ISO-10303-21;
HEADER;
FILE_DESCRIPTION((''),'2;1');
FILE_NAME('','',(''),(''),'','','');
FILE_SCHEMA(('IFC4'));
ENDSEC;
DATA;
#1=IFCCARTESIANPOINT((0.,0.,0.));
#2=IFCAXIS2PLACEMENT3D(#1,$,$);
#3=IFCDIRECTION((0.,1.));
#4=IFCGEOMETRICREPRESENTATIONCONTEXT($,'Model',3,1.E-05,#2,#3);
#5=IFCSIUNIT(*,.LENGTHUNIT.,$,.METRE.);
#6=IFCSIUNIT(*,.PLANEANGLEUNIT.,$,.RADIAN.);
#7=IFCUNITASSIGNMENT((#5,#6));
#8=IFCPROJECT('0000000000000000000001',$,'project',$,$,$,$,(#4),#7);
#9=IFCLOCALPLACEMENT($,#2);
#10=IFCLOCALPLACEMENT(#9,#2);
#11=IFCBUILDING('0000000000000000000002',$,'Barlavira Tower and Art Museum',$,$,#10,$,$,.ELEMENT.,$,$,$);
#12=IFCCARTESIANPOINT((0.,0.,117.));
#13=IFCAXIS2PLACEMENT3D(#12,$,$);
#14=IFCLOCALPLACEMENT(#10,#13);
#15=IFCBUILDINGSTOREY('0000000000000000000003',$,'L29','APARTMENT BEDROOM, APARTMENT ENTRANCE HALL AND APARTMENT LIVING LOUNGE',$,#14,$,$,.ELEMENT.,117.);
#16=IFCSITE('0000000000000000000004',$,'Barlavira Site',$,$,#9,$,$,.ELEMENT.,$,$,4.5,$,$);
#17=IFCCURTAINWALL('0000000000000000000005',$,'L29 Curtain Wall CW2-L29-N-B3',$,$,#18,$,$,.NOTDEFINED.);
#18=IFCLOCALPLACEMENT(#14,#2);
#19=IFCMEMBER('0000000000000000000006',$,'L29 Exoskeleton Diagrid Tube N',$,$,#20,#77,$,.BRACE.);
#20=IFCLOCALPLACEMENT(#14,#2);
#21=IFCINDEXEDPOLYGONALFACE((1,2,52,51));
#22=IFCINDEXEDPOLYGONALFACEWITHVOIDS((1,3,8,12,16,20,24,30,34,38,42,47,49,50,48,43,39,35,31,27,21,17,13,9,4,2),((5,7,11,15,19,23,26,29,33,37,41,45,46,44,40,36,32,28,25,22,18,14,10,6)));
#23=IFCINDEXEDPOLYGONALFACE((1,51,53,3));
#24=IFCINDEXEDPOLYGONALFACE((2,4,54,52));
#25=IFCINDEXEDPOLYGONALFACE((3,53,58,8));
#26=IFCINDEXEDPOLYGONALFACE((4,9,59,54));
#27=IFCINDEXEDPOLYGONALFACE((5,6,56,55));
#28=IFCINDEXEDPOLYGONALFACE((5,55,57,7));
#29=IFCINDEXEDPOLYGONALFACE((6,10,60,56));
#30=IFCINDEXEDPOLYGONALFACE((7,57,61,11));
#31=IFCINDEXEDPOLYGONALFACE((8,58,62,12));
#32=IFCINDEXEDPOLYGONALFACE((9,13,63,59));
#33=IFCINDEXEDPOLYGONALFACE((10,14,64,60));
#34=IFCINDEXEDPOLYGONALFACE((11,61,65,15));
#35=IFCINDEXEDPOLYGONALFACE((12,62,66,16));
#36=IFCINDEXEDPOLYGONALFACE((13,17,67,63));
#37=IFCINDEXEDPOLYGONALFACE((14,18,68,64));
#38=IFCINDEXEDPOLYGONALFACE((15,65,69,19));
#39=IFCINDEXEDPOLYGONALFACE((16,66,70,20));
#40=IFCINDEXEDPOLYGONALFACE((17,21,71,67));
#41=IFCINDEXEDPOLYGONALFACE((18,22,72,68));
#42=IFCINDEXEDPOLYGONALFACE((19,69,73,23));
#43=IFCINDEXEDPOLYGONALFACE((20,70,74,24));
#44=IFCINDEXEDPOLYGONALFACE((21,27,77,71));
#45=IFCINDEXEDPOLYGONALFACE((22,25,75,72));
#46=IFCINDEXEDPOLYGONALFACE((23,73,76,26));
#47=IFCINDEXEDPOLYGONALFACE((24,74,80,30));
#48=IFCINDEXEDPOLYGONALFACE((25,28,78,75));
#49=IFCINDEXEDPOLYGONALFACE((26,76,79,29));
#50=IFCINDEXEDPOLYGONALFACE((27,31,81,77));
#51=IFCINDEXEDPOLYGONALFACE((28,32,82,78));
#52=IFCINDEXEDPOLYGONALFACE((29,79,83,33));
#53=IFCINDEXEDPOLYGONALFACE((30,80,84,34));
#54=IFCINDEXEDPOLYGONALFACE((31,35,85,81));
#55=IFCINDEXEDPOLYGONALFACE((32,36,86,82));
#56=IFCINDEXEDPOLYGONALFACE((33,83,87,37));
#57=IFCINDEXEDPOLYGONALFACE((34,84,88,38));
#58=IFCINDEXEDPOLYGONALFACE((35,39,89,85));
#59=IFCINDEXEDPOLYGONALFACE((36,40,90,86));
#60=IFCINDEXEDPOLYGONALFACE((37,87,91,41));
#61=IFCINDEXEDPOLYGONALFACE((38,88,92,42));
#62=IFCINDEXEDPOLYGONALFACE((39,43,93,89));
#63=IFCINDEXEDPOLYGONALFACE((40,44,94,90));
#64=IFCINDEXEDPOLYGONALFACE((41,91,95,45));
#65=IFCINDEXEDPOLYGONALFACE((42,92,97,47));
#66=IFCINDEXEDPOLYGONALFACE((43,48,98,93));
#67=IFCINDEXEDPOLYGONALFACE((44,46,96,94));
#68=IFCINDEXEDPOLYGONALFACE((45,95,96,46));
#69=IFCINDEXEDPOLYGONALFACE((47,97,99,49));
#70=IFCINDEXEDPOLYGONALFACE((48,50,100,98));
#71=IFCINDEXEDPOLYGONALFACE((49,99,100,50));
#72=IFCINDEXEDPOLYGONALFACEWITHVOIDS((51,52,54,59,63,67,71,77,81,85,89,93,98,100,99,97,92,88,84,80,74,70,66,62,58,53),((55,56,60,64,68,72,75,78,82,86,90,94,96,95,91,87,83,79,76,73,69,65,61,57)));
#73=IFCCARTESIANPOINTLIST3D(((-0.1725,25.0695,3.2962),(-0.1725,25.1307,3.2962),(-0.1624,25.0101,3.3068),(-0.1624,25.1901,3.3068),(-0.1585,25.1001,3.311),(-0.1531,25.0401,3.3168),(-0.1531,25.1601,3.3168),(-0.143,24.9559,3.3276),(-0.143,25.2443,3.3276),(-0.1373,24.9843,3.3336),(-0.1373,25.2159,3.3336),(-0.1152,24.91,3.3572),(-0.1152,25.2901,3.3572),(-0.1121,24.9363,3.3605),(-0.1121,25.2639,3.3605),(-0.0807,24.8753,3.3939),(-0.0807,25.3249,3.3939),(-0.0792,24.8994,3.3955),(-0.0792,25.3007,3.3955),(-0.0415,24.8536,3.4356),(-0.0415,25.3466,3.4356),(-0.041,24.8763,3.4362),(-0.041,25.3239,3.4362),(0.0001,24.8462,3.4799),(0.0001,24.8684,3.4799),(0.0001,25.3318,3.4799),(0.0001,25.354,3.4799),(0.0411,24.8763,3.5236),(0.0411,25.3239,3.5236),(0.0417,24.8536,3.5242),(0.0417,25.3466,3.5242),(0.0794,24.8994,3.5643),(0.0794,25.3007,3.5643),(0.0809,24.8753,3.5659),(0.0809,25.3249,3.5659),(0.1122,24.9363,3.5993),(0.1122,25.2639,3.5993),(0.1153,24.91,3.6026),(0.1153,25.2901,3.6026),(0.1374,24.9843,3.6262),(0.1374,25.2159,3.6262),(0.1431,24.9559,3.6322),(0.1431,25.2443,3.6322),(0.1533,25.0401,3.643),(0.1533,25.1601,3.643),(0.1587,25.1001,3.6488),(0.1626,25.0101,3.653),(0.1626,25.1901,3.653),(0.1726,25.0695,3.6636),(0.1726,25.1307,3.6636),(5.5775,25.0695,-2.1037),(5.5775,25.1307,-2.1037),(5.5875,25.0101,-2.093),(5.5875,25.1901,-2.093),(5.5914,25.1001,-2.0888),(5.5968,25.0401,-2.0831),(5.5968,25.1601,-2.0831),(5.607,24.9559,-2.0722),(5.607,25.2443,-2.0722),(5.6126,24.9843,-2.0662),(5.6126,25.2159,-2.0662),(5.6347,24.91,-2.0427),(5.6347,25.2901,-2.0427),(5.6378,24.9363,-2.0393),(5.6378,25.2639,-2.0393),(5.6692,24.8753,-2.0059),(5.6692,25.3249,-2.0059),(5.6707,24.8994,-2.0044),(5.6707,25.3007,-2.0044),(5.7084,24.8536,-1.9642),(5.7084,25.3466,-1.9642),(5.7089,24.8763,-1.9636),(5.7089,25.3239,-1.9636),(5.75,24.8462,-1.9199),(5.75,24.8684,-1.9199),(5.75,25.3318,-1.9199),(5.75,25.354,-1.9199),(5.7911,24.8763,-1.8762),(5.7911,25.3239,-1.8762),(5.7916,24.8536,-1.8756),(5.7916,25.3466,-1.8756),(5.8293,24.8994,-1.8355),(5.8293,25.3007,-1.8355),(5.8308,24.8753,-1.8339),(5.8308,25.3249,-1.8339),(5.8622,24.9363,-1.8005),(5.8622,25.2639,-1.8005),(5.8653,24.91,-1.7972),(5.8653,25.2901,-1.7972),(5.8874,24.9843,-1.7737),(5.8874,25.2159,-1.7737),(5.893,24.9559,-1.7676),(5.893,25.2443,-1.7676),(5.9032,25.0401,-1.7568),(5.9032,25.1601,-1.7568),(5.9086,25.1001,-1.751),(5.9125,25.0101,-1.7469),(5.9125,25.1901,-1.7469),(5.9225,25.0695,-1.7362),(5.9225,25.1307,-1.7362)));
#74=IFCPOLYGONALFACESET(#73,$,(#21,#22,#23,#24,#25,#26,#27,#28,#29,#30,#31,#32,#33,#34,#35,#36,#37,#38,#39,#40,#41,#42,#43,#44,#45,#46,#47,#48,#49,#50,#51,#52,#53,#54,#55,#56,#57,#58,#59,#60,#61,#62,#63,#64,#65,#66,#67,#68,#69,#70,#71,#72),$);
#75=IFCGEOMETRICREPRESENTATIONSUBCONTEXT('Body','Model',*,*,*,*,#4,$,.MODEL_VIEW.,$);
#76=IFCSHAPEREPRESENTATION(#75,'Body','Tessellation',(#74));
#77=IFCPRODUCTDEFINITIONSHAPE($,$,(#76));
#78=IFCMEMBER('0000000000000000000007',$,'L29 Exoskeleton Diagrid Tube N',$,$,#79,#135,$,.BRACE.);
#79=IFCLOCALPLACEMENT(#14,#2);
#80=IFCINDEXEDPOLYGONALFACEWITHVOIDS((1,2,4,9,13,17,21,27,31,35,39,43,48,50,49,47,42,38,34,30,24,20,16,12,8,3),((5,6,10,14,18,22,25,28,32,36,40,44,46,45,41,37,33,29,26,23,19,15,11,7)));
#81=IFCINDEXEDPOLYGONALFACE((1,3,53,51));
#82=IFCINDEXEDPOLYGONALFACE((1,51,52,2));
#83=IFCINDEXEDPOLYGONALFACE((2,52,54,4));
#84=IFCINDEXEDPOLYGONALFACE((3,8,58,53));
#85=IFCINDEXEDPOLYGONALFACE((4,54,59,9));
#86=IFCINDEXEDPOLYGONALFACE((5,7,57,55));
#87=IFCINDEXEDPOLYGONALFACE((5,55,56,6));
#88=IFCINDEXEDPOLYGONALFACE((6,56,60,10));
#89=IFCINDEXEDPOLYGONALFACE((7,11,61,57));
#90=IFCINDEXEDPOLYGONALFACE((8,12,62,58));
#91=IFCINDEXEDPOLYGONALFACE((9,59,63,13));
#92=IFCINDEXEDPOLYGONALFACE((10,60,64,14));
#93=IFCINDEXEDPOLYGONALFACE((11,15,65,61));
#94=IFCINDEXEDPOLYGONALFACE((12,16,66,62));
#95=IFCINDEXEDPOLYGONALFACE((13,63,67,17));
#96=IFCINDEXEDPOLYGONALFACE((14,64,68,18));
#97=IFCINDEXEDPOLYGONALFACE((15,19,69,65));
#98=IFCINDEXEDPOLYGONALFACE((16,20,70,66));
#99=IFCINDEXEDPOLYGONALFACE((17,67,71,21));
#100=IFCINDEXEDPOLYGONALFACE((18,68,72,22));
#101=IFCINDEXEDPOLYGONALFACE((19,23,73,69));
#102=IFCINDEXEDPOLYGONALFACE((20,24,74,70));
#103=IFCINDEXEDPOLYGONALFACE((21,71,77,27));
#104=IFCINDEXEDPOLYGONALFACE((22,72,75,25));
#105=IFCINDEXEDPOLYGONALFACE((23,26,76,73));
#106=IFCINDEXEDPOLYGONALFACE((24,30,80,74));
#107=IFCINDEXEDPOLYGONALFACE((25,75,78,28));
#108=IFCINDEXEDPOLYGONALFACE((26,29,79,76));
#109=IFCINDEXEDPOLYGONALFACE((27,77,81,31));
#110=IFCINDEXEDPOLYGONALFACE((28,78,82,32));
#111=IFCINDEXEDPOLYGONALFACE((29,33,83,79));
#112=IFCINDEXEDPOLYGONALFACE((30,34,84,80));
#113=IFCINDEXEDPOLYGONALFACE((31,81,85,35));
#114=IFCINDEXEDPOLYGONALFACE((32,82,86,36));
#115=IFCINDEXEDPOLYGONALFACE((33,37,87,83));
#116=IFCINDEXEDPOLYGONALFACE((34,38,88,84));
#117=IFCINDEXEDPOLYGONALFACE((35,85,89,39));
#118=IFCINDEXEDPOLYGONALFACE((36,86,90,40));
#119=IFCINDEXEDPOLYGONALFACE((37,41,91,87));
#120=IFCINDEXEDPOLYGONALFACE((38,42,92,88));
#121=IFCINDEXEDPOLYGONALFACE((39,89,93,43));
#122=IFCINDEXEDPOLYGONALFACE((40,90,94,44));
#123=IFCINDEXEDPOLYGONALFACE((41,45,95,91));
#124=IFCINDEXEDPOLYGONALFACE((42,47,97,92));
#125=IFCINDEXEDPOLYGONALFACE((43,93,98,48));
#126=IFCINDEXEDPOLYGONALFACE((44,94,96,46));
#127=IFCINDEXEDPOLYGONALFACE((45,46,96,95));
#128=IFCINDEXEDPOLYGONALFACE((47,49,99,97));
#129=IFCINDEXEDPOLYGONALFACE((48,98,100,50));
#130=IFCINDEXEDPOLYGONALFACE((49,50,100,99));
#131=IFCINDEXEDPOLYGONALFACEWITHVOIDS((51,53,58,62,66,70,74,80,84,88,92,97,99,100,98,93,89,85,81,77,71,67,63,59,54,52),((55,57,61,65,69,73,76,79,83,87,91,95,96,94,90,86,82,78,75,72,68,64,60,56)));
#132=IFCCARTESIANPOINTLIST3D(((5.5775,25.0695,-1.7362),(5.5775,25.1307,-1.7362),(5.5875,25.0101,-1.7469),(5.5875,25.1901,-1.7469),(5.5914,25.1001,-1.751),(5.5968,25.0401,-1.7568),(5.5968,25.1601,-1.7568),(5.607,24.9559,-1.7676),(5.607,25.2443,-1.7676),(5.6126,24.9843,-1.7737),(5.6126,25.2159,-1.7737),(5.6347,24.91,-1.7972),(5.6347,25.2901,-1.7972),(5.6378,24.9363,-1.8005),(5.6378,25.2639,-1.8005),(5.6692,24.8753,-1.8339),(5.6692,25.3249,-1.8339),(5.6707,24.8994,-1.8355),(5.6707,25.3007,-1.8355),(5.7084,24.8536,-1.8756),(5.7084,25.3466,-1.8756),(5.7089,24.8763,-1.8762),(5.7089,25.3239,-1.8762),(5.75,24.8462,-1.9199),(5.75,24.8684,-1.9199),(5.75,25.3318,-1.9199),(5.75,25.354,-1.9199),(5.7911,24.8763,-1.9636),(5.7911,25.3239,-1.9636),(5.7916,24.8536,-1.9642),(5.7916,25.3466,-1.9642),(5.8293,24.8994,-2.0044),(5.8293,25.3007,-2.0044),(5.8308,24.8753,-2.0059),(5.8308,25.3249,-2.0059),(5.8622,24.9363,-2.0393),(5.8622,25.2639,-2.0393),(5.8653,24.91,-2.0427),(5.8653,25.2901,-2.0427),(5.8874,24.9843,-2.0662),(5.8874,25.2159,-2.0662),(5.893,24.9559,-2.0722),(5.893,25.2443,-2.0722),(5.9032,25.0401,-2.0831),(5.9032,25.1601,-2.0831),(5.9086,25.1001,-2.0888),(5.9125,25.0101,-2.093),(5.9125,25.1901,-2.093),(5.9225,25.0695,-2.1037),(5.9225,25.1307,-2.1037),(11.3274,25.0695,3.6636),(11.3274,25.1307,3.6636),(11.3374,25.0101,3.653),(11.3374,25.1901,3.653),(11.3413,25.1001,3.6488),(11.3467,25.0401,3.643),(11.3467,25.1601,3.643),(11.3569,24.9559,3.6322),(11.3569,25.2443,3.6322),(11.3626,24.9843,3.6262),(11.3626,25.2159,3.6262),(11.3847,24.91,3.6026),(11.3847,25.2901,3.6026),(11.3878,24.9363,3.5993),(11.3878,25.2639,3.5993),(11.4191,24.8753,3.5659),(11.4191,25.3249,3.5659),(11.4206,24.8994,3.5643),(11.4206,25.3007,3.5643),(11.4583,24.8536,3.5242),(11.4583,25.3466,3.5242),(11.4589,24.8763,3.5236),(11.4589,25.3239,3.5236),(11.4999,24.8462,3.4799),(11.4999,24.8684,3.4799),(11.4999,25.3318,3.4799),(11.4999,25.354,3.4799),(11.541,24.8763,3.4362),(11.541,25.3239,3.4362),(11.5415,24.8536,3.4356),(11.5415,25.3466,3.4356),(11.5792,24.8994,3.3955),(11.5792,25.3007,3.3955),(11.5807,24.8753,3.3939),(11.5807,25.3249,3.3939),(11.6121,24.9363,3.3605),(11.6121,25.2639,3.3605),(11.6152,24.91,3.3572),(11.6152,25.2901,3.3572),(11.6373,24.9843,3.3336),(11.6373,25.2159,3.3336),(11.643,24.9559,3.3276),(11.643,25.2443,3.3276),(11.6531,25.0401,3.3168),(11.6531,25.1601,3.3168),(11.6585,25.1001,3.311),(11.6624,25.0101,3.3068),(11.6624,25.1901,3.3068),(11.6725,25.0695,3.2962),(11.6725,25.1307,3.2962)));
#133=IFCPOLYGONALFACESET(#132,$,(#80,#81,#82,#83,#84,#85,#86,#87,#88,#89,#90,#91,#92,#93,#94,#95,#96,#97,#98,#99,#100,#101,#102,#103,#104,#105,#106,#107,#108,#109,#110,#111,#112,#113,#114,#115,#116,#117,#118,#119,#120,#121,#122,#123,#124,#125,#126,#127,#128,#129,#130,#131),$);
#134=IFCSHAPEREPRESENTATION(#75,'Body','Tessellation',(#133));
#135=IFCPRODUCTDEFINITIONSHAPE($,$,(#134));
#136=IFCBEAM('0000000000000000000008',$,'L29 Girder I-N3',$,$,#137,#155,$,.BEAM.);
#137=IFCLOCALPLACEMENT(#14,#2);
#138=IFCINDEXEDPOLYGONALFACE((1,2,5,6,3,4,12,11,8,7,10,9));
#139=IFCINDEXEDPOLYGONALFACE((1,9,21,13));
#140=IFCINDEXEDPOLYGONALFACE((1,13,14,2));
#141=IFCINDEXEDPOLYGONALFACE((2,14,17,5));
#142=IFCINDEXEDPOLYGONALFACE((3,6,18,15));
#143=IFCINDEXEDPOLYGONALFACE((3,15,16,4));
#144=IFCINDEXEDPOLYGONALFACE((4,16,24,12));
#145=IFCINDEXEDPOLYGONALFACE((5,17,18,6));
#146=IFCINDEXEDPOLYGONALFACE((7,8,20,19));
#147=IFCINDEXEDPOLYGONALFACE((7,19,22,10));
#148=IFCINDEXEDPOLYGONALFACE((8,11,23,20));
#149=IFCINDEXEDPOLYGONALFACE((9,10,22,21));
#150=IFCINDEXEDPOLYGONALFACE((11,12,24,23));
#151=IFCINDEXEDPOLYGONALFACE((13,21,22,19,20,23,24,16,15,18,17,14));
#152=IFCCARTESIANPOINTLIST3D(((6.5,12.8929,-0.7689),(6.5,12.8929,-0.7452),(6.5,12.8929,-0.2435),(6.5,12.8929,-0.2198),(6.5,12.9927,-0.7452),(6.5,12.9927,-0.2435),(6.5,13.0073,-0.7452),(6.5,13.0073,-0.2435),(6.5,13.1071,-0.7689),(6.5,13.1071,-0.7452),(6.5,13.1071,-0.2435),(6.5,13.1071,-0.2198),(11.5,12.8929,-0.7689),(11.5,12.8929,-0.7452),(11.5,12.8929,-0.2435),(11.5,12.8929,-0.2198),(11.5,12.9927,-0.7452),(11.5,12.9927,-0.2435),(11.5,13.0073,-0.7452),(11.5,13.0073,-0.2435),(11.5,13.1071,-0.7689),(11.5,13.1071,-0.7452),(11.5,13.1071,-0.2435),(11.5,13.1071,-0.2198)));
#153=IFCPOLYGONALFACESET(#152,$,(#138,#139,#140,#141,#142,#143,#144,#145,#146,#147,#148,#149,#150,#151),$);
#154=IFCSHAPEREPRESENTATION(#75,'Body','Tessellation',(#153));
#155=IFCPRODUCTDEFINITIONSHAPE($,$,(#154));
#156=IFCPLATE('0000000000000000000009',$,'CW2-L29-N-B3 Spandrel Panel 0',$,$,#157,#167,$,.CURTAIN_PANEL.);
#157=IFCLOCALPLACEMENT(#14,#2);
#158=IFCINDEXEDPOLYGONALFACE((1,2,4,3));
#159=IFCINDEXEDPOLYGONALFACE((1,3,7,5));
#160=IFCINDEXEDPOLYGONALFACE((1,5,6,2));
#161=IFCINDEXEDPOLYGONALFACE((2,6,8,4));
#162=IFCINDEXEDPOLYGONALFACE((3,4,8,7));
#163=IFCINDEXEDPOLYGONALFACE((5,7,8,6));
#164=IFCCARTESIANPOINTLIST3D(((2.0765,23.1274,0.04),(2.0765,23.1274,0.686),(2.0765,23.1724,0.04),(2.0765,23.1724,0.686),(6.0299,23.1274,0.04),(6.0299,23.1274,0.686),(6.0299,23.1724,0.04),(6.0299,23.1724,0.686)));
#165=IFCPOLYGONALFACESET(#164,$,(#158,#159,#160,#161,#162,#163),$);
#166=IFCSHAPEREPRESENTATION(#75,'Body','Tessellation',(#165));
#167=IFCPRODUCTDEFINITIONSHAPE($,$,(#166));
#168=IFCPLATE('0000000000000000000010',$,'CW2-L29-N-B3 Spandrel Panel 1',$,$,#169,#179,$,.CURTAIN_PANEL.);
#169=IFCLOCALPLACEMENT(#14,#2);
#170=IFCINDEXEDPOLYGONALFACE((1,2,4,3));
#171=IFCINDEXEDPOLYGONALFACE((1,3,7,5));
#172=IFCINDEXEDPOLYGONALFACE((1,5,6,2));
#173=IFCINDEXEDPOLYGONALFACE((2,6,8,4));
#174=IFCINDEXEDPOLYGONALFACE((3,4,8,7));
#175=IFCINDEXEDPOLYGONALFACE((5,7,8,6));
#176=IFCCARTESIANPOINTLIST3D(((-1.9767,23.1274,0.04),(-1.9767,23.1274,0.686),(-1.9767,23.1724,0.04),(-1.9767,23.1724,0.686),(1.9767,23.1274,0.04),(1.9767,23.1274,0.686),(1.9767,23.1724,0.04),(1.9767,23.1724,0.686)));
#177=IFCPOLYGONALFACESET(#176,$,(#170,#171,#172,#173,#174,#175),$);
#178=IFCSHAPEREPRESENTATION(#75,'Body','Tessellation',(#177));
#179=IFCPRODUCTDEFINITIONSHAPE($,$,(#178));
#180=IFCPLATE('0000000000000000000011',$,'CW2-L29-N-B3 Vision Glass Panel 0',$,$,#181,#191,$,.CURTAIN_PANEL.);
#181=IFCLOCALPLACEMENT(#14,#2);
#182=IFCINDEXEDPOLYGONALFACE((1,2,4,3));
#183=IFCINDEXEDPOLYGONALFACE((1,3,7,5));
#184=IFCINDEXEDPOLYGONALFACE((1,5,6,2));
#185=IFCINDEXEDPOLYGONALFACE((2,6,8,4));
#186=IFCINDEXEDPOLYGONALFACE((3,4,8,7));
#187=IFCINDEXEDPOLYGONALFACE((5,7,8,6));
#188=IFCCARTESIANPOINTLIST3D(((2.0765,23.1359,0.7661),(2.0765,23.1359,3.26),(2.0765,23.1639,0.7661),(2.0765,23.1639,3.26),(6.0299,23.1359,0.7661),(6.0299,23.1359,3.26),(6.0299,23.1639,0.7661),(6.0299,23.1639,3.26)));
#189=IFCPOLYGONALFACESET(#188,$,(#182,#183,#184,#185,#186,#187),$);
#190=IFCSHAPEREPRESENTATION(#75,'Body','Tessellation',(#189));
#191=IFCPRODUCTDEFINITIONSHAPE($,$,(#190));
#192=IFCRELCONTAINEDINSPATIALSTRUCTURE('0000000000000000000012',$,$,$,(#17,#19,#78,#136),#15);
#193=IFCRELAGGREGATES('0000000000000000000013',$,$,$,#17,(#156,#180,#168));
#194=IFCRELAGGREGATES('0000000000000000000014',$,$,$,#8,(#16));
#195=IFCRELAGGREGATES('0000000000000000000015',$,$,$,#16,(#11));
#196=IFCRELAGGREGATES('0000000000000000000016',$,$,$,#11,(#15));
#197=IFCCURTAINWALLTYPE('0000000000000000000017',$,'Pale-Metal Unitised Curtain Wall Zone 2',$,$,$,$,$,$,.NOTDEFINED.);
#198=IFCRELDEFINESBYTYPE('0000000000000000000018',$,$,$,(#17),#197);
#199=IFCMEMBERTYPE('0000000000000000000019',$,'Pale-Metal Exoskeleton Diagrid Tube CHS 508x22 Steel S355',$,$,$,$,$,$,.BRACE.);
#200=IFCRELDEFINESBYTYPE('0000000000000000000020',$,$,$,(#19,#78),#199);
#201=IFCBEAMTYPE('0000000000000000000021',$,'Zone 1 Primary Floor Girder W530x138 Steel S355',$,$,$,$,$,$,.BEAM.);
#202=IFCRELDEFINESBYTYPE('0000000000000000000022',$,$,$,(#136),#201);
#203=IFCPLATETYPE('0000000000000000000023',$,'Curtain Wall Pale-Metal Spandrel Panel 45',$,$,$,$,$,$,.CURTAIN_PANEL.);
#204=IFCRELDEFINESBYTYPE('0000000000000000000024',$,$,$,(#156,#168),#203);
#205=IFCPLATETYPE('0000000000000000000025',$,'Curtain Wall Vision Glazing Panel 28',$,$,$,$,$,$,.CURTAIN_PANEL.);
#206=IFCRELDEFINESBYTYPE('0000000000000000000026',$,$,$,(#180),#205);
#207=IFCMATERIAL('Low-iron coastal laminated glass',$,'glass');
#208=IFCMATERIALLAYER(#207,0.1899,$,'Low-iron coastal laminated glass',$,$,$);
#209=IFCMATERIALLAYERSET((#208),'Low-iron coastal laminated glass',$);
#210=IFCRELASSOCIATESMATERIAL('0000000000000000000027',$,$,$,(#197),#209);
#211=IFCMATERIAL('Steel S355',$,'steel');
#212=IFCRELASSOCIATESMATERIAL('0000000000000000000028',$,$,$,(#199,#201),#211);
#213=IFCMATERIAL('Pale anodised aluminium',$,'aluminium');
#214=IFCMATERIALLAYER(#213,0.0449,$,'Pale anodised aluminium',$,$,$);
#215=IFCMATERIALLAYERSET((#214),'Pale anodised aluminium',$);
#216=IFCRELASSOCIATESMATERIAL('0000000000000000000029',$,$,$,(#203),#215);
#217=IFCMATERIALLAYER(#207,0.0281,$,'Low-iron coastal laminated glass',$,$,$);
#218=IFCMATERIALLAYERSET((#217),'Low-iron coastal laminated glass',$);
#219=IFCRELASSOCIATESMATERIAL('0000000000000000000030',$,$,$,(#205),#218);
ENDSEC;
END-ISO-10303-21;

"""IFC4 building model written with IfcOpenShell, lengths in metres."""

from ifc_helpers import new_model, si_unit, direction, frame, origin, origin_2d, place, context, subcontext, project, spatial, rectangle, hollow_circle, i_section, extrude, material, layer, layer_set, material_profile, profile_set, type_object, element, aggregate, save


model = new_model("IFC4")

# Units and contexts
model_context = context("Model", 3, precision=1e-05, world=origin(), true_north=direction((0.0, 1.0)))
body_context = subcontext(model_context, "Body", "Model", "MODEL_VIEW")
ifc_project = project(units=[si_unit("LENGTHUNIT", "METRE"), si_unit("PLANEANGLEUNIT", "RADIAN")], contexts=[model_context])

# Site, building, storey
site_placement = place(None, origin())
site = spatial("IfcSite", under=ifc_project, at=site_placement, Name="Barlavira Site", CompositionType="ELEMENT", RefElevation=4.5)
building_placement = place(site_placement, origin())
building = spatial("IfcBuilding", under=site, at=building_placement, Name="Barlavira Tower and Art Museum", CompositionType="ELEMENT")
storey_placement = place(building_placement, frame((0.0, 0.0, 117.0)))
storey = spatial("IfcBuildingStorey", under=building, at=storey_placement, Name="L29", Description="APARTMENT BEDROOM, APARTMENT ENTRANCE HALL AND APARTMENT LIVING LOUNGE", CompositionType="ELEMENT", Elevation=117.0)

# Curtain wall
ifc_material_1 = material(Name="Low-iron coastal laminated glass", Category="glass")
ifc_layer_1 = layer(ifc_material_1, 0.1899, Name="Low-iron coastal laminated glass")
ifc_layer_set_1 = layer_set([ifc_layer_1], Name="Low-iron coastal laminated glass")
curtain_wall_type = type_object("IfcCurtainWallType", Name="Pale-Metal Unitised Curtain Wall Zone 2", PredefinedType="NOTDEFINED", material=ifc_layer_set_1)
curtain_wall_placement = place(storey_placement, origin())
curtain_wall = element("IfcCurtainWall", 1, at=curtain_wall_placement, inside=storey, type_object=curtain_wall_type, Name="L29 Curtain Wall CW2-L29-N-B3", PredefinedType="NOTDEFINED")
ifc_material_2 = material(Name="Pale anodised aluminium", Category="aluminium")

# Members
ifc_material_3 = material(Name="Steel S355", Category="steel")
ifc_material_profile_1 = material_profile(ifc_material_3, hollow_circle(Radius=0.2539, WallThickness=0.0222, at=origin_2d()), Name="CHS 508.0x22.2")
ifc_profile_set_1 = profile_set([ifc_material_profile_1], Name="Steel S355")
member_type_1 = type_object("IfcMemberType", Name="Pale-Metal Exoskeleton Diagrid Tube CHS 508x22 Steel S355", PredefinedType="BRACE", material=ifc_profile_set_1)
for number, where, z_axis, x_axis, name in (
    (2, (5.75, 25.1001, -1.9199), (-0.72895, 0.0, 0.684567), (0.0, -1.0, 0.0), "L29 Exoskeleton Diagrid Tube N"),
    (3, (5.75, 25.1001, -1.9199), (0.72895, 0.0, 0.684567), (0.0, 1.0, 0.0), "L29 Exoskeleton Diagrid Tube N"),
):
    element("IfcMember", number, at=place(storey_placement, frame(where, z_axis=z_axis, x_axis=x_axis)), inside=storey, type_object=member_type_1, Name=name, PredefinedType="BRACE", context=body_context, shape_type="SweptSolid", body=[
        extrude(hollow_circle(Radius=0.2539, WallThickness=0.0222, at=origin_2d()), origin(), (0.0, 0.0, 1.0), 7.8879),
    ])

# Beam
ifc_material_profile_2 = material_profile(ifc_material_3, i_section(OverallWidth=0.2141, OverallDepth=0.5491, WebThickness=0.0146, FlangeThickness=0.0237, at=origin_2d()), Name="W530x138.0")
ifc_profile_set_2 = profile_set([ifc_material_profile_2], Name="Steel S355")
beam_type = type_object("IfcBeamType", Name="Zone 1 Primary Floor Girder W530x138 Steel S355", PredefinedType="BEAM", material=ifc_profile_set_2)
beam_placement = place(storey_placement, frame((6.5, 13.0, -0.4944), z_axis=(1.0, 0.0, 0.0), x_axis=(0.0, 1.0, 0.0)))
element("IfcBeam", 4, at=beam_placement, inside=storey, type_object=beam_type, Name="L29 Girder I-N3", PredefinedType="BEAM", context=body_context, shape_type="SweptSolid", body=[
    extrude(i_section(OverallWidth=0.2141, OverallDepth=0.5491, WebThickness=0.0146, FlangeThickness=0.0237, at=origin_2d()), origin(), (0.0, 0.0, 1.0), 5.0),
])

# Plates
ifc_layer_2 = layer(ifc_material_2, 0.0449, Name="Pale anodised aluminium")
ifc_layer_set_2 = layer_set([ifc_layer_2], Name="Pale anodised aluminium")
plate_type_1 = type_object("IfcPlateType", Name="Curtain Wall Pale-Metal Spandrel Panel 45", PredefinedType="CURTAIN_PANEL", material=ifc_layer_set_2)
plate_1_placement = place(storey_placement, frame((4.0532, 23.1499, 0.04), z_axis=(0.0, 0.0, 1.0), x_axis=(-1.0, 0.0, 0.0)))
plate_1 = element("IfcPlate", 5, at=plate_1_placement, type_object=plate_type_1, Name="CW2-L29-N-B3 Spandrel Panel 0", PredefinedType="CURTAIN_PANEL", context=body_context, shape_type="SweptSolid", body=[
    extrude(rectangle(XDim=3.9534, YDim=0.0449, at=origin_2d()), origin(), (0.0, 0.0, 1.0), 0.646),
])
plate_2_placement = place(storey_placement, frame((0.0, 23.1499, 0.04), z_axis=(0.0, 0.0, 1.0), x_axis=(-1.0, 0.0, 0.0)))
plate_2 = element("IfcPlate", 6, at=plate_2_placement, type_object=plate_type_1, Name="CW2-L29-N-B3 Spandrel Panel 1", PredefinedType="CURTAIN_PANEL", context=body_context, shape_type="SweptSolid", body=[
    extrude(rectangle(XDim=3.9534, YDim=0.0449, at=origin_2d()), origin(), (0.0, 0.0, 1.0), 0.646),
])
ifc_layer_3 = layer(ifc_material_1, 0.0281, Name="Low-iron coastal laminated glass")
ifc_layer_set_3 = layer_set([ifc_layer_3], Name="Low-iron coastal laminated glass")
plate_type_2 = type_object("IfcPlateType", Name="Curtain Wall Vision Glazing Panel 28", PredefinedType="CURTAIN_PANEL", material=ifc_layer_set_3)
plate_3_placement = place(storey_placement, frame((4.0532, 23.1499, 0.7661), z_axis=(0.0, 0.0, 1.0), x_axis=(-1.0, 0.0, 0.0)))
plate_3 = element("IfcPlate", 7, at=plate_3_placement, type_object=plate_type_2, Name="CW2-L29-N-B3 Vision Glass Panel 0", PredefinedType="CURTAIN_PANEL", context=body_context, shape_type="SweptSolid", body=[
    extrude(rectangle(XDim=3.9534, YDim=0.0281, at=origin_2d()), origin(), (0.0, 0.0, 1.0), 2.4939),
])
aggregate(curtain_wall, [plate_1, plate_3, plate_2])

save(model, "model.ifc")
